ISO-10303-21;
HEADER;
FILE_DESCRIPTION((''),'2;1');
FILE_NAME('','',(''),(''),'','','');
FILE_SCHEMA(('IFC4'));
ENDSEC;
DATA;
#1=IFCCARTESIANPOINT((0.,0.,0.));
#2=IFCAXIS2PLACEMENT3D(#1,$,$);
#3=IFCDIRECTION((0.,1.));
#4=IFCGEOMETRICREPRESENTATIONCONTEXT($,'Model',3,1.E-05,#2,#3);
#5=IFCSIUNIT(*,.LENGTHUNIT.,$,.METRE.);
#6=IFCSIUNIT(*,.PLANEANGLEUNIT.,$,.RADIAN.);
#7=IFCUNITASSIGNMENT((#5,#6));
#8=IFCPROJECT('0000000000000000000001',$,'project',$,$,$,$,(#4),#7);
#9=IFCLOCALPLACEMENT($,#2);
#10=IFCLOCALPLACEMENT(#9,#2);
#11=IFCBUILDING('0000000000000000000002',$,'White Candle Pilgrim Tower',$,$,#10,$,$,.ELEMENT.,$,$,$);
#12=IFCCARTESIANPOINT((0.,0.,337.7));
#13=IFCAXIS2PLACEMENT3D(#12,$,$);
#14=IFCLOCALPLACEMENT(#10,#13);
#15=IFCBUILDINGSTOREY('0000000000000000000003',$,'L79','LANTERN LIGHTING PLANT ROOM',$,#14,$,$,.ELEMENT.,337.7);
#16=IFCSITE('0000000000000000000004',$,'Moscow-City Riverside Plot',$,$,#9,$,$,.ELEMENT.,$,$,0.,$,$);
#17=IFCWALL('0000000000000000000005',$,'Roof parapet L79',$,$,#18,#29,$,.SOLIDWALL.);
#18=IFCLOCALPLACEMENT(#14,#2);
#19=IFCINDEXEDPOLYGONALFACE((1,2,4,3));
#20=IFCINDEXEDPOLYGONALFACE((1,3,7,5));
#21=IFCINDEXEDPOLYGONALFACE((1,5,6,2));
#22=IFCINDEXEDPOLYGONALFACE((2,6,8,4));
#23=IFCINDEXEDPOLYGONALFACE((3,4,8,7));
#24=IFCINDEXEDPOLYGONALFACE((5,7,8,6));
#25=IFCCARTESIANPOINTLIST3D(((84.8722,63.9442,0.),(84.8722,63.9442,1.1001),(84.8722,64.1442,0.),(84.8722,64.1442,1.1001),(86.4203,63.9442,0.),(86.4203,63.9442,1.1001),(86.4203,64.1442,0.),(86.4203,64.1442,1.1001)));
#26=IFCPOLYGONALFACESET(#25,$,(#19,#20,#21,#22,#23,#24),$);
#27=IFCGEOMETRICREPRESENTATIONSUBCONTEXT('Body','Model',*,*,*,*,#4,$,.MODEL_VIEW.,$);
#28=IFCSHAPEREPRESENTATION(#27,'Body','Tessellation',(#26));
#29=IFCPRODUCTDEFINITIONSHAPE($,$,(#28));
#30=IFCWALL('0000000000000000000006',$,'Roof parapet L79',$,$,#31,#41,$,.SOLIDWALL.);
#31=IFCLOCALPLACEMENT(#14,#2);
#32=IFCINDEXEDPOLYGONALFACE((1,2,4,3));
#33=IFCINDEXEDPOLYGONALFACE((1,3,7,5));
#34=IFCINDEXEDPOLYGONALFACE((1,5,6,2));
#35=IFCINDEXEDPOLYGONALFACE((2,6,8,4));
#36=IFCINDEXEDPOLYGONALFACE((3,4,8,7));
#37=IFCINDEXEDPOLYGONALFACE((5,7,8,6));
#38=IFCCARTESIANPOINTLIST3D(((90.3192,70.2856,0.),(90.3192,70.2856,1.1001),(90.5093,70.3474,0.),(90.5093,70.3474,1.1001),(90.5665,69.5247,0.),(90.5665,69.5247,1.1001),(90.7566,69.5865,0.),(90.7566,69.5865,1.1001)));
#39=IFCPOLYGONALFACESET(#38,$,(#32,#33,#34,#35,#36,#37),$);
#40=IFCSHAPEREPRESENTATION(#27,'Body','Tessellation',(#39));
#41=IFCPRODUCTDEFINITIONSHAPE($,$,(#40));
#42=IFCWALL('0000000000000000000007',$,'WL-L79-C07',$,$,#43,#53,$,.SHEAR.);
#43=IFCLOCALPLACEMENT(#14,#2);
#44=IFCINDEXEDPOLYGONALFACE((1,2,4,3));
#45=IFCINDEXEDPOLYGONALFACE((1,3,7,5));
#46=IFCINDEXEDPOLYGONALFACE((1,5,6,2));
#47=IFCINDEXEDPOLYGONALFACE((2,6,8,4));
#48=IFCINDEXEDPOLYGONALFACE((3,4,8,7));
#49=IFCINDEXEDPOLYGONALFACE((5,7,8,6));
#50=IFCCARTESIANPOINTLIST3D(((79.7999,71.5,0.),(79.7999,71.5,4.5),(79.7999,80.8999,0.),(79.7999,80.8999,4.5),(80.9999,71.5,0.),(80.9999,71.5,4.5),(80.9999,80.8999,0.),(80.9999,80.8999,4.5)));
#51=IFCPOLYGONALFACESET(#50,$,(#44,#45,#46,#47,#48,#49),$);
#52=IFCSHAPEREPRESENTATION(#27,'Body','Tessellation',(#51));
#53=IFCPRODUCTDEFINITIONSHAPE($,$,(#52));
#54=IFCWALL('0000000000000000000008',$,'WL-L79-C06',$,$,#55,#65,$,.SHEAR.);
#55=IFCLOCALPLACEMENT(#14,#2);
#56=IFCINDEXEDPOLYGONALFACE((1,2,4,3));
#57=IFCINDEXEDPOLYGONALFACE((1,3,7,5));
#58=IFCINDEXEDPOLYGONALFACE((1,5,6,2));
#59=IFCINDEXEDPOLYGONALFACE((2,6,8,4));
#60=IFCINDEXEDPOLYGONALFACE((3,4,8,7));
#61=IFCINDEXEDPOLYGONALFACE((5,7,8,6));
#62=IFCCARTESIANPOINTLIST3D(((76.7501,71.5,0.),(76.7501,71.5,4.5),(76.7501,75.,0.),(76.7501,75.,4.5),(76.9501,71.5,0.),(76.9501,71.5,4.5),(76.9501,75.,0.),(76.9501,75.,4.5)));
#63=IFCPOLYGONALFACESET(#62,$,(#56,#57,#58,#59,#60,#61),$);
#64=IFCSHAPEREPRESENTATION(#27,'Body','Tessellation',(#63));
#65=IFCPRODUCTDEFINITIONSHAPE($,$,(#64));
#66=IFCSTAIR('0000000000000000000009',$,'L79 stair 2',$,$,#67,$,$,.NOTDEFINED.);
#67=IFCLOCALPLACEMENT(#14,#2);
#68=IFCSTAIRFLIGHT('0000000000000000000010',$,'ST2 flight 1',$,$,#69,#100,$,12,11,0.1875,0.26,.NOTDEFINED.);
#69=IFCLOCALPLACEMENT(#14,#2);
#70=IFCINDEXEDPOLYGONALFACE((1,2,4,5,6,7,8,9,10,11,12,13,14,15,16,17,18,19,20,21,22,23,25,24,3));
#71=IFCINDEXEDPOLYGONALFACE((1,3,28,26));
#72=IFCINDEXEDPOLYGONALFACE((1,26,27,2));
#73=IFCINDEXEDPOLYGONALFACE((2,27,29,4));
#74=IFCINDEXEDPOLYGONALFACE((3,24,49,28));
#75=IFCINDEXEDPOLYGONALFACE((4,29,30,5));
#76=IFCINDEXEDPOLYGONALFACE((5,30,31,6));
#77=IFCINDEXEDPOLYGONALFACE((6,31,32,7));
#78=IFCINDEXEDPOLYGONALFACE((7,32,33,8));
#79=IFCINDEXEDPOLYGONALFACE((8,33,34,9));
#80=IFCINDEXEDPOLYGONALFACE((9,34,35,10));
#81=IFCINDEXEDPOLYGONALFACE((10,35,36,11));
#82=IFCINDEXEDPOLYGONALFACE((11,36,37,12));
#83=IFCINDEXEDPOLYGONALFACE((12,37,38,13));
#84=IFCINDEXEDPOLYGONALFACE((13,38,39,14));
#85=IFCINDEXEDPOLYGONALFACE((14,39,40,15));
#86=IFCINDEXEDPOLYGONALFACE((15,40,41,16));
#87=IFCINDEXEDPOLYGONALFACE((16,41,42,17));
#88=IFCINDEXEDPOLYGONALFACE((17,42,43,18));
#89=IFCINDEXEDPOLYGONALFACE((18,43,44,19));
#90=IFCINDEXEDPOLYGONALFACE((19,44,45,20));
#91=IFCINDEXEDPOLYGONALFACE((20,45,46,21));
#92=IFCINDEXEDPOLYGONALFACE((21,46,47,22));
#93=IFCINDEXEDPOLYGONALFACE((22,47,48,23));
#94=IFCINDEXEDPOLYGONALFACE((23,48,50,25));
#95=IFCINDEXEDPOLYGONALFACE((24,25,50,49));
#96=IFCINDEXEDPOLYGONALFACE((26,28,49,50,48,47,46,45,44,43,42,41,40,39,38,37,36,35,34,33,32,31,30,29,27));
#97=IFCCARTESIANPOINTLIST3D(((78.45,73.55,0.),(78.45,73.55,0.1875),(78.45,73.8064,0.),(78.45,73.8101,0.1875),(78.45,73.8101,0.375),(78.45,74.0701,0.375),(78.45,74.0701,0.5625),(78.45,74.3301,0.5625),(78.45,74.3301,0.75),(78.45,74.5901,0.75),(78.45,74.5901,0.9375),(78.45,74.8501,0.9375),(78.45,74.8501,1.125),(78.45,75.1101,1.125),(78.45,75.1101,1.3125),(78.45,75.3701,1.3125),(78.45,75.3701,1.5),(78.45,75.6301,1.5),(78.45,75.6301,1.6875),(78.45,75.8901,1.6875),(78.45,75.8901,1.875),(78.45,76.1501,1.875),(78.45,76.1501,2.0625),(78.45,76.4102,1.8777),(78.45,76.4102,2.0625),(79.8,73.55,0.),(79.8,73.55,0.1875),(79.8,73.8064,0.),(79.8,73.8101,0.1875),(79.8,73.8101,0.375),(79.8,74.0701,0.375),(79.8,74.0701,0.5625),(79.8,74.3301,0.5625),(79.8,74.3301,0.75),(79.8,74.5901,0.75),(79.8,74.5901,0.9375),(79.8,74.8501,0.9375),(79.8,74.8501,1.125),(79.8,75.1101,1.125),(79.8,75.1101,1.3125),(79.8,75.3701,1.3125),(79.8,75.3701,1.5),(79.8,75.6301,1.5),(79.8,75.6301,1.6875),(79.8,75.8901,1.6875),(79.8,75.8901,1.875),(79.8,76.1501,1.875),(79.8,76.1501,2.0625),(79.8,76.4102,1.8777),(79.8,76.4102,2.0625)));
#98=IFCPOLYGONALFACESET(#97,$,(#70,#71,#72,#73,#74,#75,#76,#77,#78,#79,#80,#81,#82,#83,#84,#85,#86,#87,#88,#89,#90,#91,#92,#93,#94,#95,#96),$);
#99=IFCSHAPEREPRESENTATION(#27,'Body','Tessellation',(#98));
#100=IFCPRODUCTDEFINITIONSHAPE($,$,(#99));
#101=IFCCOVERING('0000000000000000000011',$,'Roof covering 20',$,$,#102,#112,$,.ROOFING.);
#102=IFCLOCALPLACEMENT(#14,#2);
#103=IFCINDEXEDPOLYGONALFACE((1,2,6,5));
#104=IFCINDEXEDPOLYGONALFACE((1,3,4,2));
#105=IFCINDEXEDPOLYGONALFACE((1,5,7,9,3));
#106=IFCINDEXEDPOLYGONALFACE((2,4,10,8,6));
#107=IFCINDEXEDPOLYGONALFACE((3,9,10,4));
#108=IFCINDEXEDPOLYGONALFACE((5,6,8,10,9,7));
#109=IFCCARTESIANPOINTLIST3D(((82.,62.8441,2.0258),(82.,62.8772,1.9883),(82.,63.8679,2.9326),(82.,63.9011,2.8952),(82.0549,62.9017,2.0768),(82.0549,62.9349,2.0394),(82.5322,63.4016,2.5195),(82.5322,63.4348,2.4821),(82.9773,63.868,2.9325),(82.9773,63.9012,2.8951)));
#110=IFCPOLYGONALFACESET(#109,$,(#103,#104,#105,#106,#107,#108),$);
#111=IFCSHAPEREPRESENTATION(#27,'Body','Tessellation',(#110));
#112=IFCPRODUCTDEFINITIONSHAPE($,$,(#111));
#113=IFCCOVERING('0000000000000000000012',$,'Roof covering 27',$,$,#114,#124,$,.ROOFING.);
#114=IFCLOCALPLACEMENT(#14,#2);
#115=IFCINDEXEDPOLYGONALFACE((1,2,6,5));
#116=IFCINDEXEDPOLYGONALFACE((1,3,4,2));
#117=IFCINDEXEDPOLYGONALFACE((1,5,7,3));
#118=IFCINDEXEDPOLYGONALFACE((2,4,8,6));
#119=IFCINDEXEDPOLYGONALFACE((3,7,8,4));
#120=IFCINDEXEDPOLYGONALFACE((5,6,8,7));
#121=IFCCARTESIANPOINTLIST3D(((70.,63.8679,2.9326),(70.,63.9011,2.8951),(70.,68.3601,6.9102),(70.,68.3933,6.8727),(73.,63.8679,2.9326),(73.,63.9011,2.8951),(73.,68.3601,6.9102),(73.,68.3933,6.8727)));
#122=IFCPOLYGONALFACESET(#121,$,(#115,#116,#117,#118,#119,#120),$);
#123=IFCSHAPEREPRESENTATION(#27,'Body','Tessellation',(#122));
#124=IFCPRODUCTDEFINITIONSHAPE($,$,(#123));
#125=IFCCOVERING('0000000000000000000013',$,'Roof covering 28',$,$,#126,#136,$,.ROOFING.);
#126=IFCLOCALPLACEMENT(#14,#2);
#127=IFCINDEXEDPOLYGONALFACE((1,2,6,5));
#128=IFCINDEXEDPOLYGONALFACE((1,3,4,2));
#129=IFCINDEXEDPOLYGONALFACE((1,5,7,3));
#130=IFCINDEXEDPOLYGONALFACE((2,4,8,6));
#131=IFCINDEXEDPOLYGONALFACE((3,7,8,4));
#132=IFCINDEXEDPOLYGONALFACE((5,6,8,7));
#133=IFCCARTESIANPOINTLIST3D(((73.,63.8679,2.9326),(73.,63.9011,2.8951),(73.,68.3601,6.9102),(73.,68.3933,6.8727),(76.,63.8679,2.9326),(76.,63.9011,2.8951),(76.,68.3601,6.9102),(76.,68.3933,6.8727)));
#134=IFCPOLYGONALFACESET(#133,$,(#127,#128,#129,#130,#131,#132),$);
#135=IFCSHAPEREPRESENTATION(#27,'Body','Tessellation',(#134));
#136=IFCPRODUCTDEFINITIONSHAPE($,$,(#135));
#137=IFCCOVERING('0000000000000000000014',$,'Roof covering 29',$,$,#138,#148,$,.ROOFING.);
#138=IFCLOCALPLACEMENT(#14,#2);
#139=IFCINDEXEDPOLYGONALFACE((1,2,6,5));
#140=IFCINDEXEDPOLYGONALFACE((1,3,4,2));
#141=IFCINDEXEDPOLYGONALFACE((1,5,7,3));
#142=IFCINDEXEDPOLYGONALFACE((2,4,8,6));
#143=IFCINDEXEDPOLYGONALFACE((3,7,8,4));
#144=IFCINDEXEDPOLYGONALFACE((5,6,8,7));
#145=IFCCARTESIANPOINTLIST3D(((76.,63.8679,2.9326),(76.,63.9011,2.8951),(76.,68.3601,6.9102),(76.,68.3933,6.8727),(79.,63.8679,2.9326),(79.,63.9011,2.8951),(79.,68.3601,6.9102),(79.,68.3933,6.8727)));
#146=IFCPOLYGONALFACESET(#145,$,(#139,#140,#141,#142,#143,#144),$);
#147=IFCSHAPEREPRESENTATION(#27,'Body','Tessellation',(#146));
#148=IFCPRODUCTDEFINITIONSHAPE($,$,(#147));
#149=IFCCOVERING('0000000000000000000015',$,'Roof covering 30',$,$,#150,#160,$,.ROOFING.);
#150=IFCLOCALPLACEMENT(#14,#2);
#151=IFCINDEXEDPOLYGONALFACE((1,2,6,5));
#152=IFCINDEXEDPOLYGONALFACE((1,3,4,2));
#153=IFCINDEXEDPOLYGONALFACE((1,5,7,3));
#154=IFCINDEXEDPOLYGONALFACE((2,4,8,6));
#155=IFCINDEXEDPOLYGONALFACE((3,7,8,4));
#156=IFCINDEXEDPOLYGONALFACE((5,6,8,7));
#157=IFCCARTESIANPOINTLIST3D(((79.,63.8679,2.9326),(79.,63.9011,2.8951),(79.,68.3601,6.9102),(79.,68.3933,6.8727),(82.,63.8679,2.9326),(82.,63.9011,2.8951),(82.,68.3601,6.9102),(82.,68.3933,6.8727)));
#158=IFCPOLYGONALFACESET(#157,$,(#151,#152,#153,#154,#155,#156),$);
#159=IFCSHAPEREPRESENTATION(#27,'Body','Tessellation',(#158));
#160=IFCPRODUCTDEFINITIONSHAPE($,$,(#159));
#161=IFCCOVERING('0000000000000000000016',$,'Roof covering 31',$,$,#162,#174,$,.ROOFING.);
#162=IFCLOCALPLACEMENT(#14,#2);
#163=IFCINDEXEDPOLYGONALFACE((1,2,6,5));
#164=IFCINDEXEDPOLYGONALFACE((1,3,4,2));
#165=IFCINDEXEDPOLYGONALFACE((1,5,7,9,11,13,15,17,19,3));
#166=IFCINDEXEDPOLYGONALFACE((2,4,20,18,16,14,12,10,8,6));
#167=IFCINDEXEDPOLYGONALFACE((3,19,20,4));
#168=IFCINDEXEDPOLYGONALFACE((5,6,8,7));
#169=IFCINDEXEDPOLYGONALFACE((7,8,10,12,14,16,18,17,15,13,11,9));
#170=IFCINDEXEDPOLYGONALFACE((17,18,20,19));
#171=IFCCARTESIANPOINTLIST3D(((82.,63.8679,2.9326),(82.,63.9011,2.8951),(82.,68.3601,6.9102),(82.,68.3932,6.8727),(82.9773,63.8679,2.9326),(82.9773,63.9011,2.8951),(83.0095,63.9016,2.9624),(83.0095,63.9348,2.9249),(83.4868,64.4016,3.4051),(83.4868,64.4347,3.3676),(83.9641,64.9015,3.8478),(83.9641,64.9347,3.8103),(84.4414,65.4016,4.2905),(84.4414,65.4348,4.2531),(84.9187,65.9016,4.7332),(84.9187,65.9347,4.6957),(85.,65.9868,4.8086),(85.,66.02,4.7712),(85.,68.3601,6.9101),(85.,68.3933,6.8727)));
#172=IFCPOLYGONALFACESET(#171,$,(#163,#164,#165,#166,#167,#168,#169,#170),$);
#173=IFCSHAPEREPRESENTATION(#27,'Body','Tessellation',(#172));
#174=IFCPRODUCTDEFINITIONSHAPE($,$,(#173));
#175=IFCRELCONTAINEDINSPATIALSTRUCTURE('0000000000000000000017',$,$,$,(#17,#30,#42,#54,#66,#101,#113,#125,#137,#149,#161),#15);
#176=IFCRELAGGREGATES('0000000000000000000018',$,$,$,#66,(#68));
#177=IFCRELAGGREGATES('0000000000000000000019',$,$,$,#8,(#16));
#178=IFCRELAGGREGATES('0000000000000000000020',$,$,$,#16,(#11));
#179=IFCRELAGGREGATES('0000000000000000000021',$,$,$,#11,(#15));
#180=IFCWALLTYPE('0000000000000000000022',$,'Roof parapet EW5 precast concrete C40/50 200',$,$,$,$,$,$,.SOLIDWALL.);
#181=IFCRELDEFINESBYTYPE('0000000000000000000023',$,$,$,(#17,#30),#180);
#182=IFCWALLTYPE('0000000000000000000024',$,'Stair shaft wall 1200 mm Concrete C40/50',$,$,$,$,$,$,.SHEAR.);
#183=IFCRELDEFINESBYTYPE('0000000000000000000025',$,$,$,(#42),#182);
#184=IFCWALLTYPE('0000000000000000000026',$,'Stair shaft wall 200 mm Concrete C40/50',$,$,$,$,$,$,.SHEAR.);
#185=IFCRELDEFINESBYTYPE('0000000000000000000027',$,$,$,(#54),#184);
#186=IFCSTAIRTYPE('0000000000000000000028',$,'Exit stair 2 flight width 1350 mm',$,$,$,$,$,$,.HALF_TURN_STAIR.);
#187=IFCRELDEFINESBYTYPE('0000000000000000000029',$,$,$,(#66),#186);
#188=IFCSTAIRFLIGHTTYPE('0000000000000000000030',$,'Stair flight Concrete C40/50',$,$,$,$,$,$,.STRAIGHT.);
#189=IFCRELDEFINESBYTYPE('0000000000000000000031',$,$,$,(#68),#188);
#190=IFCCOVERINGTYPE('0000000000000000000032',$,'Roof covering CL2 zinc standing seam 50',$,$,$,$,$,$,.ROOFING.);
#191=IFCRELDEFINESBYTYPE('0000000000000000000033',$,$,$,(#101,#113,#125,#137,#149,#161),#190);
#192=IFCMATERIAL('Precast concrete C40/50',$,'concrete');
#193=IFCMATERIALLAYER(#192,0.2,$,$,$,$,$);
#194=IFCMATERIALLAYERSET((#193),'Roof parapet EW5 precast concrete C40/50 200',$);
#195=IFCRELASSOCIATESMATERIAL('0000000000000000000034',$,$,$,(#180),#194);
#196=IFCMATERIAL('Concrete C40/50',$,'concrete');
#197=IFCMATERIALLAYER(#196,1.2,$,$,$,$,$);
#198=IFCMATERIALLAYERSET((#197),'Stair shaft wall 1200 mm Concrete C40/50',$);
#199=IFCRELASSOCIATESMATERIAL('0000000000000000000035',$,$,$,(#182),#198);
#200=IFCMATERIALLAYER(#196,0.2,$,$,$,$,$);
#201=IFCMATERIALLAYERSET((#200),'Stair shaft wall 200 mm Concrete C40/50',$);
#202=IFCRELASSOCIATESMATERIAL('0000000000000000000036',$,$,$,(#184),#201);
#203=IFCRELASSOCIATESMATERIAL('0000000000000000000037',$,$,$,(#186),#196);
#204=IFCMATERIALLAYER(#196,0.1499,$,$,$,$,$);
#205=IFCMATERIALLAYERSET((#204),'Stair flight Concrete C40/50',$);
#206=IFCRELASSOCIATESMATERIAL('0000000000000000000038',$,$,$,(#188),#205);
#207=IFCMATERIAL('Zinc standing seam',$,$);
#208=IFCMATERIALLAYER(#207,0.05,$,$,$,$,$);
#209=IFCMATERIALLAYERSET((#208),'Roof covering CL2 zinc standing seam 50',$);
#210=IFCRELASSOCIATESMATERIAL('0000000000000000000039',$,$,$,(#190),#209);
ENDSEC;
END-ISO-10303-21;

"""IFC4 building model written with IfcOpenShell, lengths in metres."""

from ifc_helpers import new_model, si_unit, direction, frame, frame_2d, origin, place, context, subcontext, project, spatial, polyline, rectangle, outline, extrude, material, layer, layer_set, type_object, element, aggregate, save


model = new_model("IFC4")

# Units and contexts
model_context = context("Model", 3, precision=1e-05, world=origin(), true_north=direction((0.0, 1.0)))
body_context = subcontext(model_context, "Body", "Model", "MODEL_VIEW")
ifc_project = project(units=[si_unit("LENGTHUNIT", "METRE"), si_unit("PLANEANGLEUNIT", "RADIAN")], contexts=[model_context])

# Site, building, storey
site_placement = place(None, origin())
site = spatial("IfcSite", under=ifc_project, at=site_placement, Name="Moscow-City Riverside Plot", CompositionType="ELEMENT", RefElevation=0.0)
building_placement = place(site_placement, origin())
building = spatial("IfcBuilding", under=site, at=building_placement, Name="White Candle Pilgrim Tower", CompositionType="ELEMENT")
storey_placement = place(building_placement, frame((0.0, 0.0, 337.7)))
storey = spatial("IfcBuildingStorey", under=building, at=storey_placement, Name="L79", Description="LANTERN LIGHTING PLANT ROOM", CompositionType="ELEMENT", Elevation=337.7)

# Shared definitions
ifc_material_1 = material(Name="Precast concrete C40/50", Category="concrete")

# Walls
ifc_layer_1 = layer(ifc_material_1, 0.2)
ifc_layer_set_1 = layer_set([ifc_layer_1], Name="Roof parapet EW5 precast concrete C40/50 200")
wall_type_1 = type_object("IfcWallType", Name="Roof parapet EW5 precast concrete C40/50 200", PredefinedType="SOLIDWALL", material=ifc_layer_set_1)
wall_1_placement = place(storey_placement, frame((86.4202, 64.0442, 0.0), z_axis=(0.0, 0.0, 1.0), x_axis=(-1.0, 0.0, 0.0)))
element("IfcWall", 1, at=wall_1_placement, inside=storey, type_object=wall_type_1, Name="Roof parapet L79", PredefinedType="SOLIDWALL", context=body_context, shape_type="SweptSolid", body=[
    extrude(rectangle(XDim=1.5481, YDim=0.2, at=frame_2d((0.7739, 0.0))), origin(), (0.0, 0.0, 1.0), 1.1001),
])
wall_2_placement = place(storey_placement, frame((90.4143, 70.3164, 0.0), z_axis=(0.0, 0.0, 1.0), x_axis=(0.309079, -0.951036, 0.0)))
element("IfcWall", 2, at=wall_2_placement, inside=storey, type_object=wall_type_1, Name="Roof parapet L79", PredefinedType="SOLIDWALL", context=body_context, shape_type="SweptSolid", body=[
    extrude(rectangle(XDim=0.8, YDim=0.2, at=frame_2d((0.3999, 0.0))), origin(), (0.0, 0.0, 1.0), 1.1001),
])
ifc_material_2 = material(Name="Concrete C40/50", Category="concrete")
ifc_layer_2 = layer(ifc_material_2, 1.2)
ifc_layer_set_2 = layer_set([ifc_layer_2], Name="Stair shaft wall 1200 mm Concrete C40/50")
wall_type_2 = type_object("IfcWallType", Name="Stair shaft wall 1200 mm Concrete C40/50", PredefinedType="SHEAR", material=ifc_layer_set_2)
wall_3_placement = place(storey_placement, frame((80.3999, 71.5, 0.0), z_axis=(0.0, 0.0, 1.0), x_axis=(0.0, 1.0, 0.0)))
element("IfcWall", 3, at=wall_3_placement, inside=storey, type_object=wall_type_2, Name="WL-L79-C07", PredefinedType="SHEAR", context=body_context, shape_type="SweptSolid", body=[
    extrude(rectangle(XDim=9.3999, YDim=1.2, at=frame_2d((4.7, 0.0))), origin(), (0.0, 0.0, 1.0), 4.5),
])
ifc_layer_3 = layer(ifc_material_2, 0.2)
ifc_layer_set_3 = layer_set([ifc_layer_3], Name="Stair shaft wall 200 mm Concrete C40/50")
wall_type_3 = type_object("IfcWallType", Name="Stair shaft wall 200 mm Concrete C40/50", PredefinedType="SHEAR", material=ifc_layer_set_3)
wall_4_placement = place(storey_placement, frame((76.8501, 71.5, 0.0), z_axis=(0.0, 0.0, 1.0), x_axis=(0.0, 1.0, 0.0)))
element("IfcWall", 4, at=wall_4_placement, inside=storey, type_object=wall_type_3, Name="WL-L79-C06", PredefinedType="SHEAR", context=body_context, shape_type="SweptSolid", body=[
    extrude(rectangle(XDim=3.5, YDim=0.2, at=frame_2d((1.75, 0.0))), origin(), (0.0, 0.0, 1.0), 4.5),
])

# Stair, stair flight
stair_type = type_object("IfcStairType", Name="Exit stair 2 flight width 1350 mm", PredefinedType="HALF_TURN_STAIR", material=ifc_material_2)
stair_placement = place(storey_placement, origin())
stair = element("IfcStair", 5, at=stair_placement, inside=storey, type_object=stair_type, Name="L79 stair 2", PredefinedType="NOTDEFINED")
ifc_layer_4 = layer(ifc_material_2, 0.1499)
ifc_layer_set_4 = layer_set([ifc_layer_4], Name="Stair flight Concrete C40/50")
stair_flight_type = type_object("IfcStairFlightType", Name="Stair flight Concrete C40/50", PredefinedType="STRAIGHT", material=ifc_layer_set_4)
stair_flight_placement = place(storey_placement, frame((79.125, 73.55, 0.0), z_axis=(0.0, 0.0, 1.0), x_axis=(0.0, 1.0, 0.0)))
stair_flight = element("IfcStairFlight", 6, at=stair_flight_placement, type_object=stair_flight_type, Name="ST2 flight 1", NumberOfRisers=12, NumberOfTreads=11, PredefinedType="NOTDEFINED", RiserHeight=0.1875, TreadLength=0.26, context=body_context, shape_type="SweptSolid", body=[
    extrude(outline(polyline([(0.0, 0.0), (0.0, 0.1875), (0.26, 0.1875), (0.26, 0.375), (0.52, 0.375), (0.52, 0.5625), (0.78, 0.5625), (0.78, 0.75), (1.04, 0.75), (1.04, 0.9375), (1.3, 0.9375), (1.3, 1.125), (1.5601, 1.125), (1.5601, 1.3125), (1.8201, 1.3125), (1.8201, 1.5), (2.0801, 1.5), (2.0801, 1.6875), (2.3401, 1.6875), (2.3401, 1.875), (2.6001, 1.875), (2.6001, 2.0625), (2.8601, 2.0625), (2.8601, 2.25), (2.8601, 1.8777), (0.2563, 0.0), (0.0, 0.0)])), frame((0.0, 0.675, 0.0), z_axis=(0.0, -1.0, 0.0), x_axis=(1.0, 0.0, 0.0)), (0.0, 0.0, 1.0), 1.3501),
])
aggregate(stair, [stair_flight])

# Coverings
ifc_material_3 = material(Name="Zinc standing seam")
ifc_layer_5 = layer(ifc_material_3, 0.05)
ifc_layer_set_5 = layer_set([ifc_layer_5], Name="Roof covering CL2 zinc standing seam 50")
covering_type_1 = type_object("IfcCoveringType", Name="Roof covering CL2 zinc standing seam 50", PredefinedType="ROOFING", material=ifc_layer_set_5)
covering_1_placement = place(storey_placement, frame((82.0, 63.8679, 2.9326), z_axis=(0.000105, -0.663023, 0.748599), x_axis=(1.0, 0.000069, -0.000078)))
element("IfcCovering", 7, at=covering_1_placement, inside=storey, type_object=covering_type_1, Name="Roof covering 20", PredefinedType="ROOFING", context=body_context, shape_type="SweptSolid", body=[
    extrude(outline(polyline([(0.0, 0.0), (0.9773, 0.0), (0.5322, -0.623), (0.0549, -1.2907), (0.0, -1.3677), (0.0, 0.0)])), origin(), (0.0, 0.0, -1.0), 0.05),
])
for number, where, z_axis, x_axis, name in (
    (8, (70.0, 63.8679, 2.9326), (0.0, -0.662918, 0.748692), (0.0, 0.748692, 0.662918), "Roof covering 27"),
    (9, (73.0, 63.8679, 2.9326), (0.0, -0.662918, 0.748692), (0.0, 0.748692, 0.662918), "Roof covering 28"),
    (10, (76.0, 63.8679, 2.9326), (0.0, -0.662918, 0.748692), (0.0, 0.748692, 0.662918), "Roof covering 29"),
    (11, (79.0, 63.8679, 2.9326), (0.0, -0.662918, 0.748692), (0.0, 0.748692, 0.662918), "Roof covering 30"),
):
    element("IfcCovering", number, at=place(storey_placement, frame(where, z_axis=z_axis, x_axis=x_axis)), inside=storey, type_object=covering_type_1, Name=name, PredefinedType="ROOFING", context=body_context, shape_type="SweptSolid", body=[
        extrude(outline(polyline([(0.0, 0.0), (6.0, 0.0), (6.0, -3.0), (0.0, -3.0), (0.0, 0.0)])), origin(), (0.0, 0.0, -1.0), 0.05),
    ])
covering_2_placement = place(storey_placement, frame((82.0, 63.8679, 2.9326), z_axis=(0.000032, -0.662928, 0.748683), x_axis=(0.0, 0.748683, 0.662928)))
element("IfcCovering", 12, at=covering_2_placement, inside=storey, type_object=covering_type_1, Name="Roof covering 31", PredefinedType="ROOFING", context=body_context, shape_type="SweptSolid", body=[
    extrude(outline(polyline([(0.0, 0.0), (6.0, 0.0), (6.0, -3.0), (2.83, -3.0), (2.7162, -2.9187), (2.0484, -2.4414), (1.3805, -1.9641), (0.7127, -1.4868), (0.045, -1.0095), (0.0, -0.9773), (0.0, 0.0)])), origin(), (0.0, 0.0, -1.0), 0.05),
])

save(model, "model.ifc")
